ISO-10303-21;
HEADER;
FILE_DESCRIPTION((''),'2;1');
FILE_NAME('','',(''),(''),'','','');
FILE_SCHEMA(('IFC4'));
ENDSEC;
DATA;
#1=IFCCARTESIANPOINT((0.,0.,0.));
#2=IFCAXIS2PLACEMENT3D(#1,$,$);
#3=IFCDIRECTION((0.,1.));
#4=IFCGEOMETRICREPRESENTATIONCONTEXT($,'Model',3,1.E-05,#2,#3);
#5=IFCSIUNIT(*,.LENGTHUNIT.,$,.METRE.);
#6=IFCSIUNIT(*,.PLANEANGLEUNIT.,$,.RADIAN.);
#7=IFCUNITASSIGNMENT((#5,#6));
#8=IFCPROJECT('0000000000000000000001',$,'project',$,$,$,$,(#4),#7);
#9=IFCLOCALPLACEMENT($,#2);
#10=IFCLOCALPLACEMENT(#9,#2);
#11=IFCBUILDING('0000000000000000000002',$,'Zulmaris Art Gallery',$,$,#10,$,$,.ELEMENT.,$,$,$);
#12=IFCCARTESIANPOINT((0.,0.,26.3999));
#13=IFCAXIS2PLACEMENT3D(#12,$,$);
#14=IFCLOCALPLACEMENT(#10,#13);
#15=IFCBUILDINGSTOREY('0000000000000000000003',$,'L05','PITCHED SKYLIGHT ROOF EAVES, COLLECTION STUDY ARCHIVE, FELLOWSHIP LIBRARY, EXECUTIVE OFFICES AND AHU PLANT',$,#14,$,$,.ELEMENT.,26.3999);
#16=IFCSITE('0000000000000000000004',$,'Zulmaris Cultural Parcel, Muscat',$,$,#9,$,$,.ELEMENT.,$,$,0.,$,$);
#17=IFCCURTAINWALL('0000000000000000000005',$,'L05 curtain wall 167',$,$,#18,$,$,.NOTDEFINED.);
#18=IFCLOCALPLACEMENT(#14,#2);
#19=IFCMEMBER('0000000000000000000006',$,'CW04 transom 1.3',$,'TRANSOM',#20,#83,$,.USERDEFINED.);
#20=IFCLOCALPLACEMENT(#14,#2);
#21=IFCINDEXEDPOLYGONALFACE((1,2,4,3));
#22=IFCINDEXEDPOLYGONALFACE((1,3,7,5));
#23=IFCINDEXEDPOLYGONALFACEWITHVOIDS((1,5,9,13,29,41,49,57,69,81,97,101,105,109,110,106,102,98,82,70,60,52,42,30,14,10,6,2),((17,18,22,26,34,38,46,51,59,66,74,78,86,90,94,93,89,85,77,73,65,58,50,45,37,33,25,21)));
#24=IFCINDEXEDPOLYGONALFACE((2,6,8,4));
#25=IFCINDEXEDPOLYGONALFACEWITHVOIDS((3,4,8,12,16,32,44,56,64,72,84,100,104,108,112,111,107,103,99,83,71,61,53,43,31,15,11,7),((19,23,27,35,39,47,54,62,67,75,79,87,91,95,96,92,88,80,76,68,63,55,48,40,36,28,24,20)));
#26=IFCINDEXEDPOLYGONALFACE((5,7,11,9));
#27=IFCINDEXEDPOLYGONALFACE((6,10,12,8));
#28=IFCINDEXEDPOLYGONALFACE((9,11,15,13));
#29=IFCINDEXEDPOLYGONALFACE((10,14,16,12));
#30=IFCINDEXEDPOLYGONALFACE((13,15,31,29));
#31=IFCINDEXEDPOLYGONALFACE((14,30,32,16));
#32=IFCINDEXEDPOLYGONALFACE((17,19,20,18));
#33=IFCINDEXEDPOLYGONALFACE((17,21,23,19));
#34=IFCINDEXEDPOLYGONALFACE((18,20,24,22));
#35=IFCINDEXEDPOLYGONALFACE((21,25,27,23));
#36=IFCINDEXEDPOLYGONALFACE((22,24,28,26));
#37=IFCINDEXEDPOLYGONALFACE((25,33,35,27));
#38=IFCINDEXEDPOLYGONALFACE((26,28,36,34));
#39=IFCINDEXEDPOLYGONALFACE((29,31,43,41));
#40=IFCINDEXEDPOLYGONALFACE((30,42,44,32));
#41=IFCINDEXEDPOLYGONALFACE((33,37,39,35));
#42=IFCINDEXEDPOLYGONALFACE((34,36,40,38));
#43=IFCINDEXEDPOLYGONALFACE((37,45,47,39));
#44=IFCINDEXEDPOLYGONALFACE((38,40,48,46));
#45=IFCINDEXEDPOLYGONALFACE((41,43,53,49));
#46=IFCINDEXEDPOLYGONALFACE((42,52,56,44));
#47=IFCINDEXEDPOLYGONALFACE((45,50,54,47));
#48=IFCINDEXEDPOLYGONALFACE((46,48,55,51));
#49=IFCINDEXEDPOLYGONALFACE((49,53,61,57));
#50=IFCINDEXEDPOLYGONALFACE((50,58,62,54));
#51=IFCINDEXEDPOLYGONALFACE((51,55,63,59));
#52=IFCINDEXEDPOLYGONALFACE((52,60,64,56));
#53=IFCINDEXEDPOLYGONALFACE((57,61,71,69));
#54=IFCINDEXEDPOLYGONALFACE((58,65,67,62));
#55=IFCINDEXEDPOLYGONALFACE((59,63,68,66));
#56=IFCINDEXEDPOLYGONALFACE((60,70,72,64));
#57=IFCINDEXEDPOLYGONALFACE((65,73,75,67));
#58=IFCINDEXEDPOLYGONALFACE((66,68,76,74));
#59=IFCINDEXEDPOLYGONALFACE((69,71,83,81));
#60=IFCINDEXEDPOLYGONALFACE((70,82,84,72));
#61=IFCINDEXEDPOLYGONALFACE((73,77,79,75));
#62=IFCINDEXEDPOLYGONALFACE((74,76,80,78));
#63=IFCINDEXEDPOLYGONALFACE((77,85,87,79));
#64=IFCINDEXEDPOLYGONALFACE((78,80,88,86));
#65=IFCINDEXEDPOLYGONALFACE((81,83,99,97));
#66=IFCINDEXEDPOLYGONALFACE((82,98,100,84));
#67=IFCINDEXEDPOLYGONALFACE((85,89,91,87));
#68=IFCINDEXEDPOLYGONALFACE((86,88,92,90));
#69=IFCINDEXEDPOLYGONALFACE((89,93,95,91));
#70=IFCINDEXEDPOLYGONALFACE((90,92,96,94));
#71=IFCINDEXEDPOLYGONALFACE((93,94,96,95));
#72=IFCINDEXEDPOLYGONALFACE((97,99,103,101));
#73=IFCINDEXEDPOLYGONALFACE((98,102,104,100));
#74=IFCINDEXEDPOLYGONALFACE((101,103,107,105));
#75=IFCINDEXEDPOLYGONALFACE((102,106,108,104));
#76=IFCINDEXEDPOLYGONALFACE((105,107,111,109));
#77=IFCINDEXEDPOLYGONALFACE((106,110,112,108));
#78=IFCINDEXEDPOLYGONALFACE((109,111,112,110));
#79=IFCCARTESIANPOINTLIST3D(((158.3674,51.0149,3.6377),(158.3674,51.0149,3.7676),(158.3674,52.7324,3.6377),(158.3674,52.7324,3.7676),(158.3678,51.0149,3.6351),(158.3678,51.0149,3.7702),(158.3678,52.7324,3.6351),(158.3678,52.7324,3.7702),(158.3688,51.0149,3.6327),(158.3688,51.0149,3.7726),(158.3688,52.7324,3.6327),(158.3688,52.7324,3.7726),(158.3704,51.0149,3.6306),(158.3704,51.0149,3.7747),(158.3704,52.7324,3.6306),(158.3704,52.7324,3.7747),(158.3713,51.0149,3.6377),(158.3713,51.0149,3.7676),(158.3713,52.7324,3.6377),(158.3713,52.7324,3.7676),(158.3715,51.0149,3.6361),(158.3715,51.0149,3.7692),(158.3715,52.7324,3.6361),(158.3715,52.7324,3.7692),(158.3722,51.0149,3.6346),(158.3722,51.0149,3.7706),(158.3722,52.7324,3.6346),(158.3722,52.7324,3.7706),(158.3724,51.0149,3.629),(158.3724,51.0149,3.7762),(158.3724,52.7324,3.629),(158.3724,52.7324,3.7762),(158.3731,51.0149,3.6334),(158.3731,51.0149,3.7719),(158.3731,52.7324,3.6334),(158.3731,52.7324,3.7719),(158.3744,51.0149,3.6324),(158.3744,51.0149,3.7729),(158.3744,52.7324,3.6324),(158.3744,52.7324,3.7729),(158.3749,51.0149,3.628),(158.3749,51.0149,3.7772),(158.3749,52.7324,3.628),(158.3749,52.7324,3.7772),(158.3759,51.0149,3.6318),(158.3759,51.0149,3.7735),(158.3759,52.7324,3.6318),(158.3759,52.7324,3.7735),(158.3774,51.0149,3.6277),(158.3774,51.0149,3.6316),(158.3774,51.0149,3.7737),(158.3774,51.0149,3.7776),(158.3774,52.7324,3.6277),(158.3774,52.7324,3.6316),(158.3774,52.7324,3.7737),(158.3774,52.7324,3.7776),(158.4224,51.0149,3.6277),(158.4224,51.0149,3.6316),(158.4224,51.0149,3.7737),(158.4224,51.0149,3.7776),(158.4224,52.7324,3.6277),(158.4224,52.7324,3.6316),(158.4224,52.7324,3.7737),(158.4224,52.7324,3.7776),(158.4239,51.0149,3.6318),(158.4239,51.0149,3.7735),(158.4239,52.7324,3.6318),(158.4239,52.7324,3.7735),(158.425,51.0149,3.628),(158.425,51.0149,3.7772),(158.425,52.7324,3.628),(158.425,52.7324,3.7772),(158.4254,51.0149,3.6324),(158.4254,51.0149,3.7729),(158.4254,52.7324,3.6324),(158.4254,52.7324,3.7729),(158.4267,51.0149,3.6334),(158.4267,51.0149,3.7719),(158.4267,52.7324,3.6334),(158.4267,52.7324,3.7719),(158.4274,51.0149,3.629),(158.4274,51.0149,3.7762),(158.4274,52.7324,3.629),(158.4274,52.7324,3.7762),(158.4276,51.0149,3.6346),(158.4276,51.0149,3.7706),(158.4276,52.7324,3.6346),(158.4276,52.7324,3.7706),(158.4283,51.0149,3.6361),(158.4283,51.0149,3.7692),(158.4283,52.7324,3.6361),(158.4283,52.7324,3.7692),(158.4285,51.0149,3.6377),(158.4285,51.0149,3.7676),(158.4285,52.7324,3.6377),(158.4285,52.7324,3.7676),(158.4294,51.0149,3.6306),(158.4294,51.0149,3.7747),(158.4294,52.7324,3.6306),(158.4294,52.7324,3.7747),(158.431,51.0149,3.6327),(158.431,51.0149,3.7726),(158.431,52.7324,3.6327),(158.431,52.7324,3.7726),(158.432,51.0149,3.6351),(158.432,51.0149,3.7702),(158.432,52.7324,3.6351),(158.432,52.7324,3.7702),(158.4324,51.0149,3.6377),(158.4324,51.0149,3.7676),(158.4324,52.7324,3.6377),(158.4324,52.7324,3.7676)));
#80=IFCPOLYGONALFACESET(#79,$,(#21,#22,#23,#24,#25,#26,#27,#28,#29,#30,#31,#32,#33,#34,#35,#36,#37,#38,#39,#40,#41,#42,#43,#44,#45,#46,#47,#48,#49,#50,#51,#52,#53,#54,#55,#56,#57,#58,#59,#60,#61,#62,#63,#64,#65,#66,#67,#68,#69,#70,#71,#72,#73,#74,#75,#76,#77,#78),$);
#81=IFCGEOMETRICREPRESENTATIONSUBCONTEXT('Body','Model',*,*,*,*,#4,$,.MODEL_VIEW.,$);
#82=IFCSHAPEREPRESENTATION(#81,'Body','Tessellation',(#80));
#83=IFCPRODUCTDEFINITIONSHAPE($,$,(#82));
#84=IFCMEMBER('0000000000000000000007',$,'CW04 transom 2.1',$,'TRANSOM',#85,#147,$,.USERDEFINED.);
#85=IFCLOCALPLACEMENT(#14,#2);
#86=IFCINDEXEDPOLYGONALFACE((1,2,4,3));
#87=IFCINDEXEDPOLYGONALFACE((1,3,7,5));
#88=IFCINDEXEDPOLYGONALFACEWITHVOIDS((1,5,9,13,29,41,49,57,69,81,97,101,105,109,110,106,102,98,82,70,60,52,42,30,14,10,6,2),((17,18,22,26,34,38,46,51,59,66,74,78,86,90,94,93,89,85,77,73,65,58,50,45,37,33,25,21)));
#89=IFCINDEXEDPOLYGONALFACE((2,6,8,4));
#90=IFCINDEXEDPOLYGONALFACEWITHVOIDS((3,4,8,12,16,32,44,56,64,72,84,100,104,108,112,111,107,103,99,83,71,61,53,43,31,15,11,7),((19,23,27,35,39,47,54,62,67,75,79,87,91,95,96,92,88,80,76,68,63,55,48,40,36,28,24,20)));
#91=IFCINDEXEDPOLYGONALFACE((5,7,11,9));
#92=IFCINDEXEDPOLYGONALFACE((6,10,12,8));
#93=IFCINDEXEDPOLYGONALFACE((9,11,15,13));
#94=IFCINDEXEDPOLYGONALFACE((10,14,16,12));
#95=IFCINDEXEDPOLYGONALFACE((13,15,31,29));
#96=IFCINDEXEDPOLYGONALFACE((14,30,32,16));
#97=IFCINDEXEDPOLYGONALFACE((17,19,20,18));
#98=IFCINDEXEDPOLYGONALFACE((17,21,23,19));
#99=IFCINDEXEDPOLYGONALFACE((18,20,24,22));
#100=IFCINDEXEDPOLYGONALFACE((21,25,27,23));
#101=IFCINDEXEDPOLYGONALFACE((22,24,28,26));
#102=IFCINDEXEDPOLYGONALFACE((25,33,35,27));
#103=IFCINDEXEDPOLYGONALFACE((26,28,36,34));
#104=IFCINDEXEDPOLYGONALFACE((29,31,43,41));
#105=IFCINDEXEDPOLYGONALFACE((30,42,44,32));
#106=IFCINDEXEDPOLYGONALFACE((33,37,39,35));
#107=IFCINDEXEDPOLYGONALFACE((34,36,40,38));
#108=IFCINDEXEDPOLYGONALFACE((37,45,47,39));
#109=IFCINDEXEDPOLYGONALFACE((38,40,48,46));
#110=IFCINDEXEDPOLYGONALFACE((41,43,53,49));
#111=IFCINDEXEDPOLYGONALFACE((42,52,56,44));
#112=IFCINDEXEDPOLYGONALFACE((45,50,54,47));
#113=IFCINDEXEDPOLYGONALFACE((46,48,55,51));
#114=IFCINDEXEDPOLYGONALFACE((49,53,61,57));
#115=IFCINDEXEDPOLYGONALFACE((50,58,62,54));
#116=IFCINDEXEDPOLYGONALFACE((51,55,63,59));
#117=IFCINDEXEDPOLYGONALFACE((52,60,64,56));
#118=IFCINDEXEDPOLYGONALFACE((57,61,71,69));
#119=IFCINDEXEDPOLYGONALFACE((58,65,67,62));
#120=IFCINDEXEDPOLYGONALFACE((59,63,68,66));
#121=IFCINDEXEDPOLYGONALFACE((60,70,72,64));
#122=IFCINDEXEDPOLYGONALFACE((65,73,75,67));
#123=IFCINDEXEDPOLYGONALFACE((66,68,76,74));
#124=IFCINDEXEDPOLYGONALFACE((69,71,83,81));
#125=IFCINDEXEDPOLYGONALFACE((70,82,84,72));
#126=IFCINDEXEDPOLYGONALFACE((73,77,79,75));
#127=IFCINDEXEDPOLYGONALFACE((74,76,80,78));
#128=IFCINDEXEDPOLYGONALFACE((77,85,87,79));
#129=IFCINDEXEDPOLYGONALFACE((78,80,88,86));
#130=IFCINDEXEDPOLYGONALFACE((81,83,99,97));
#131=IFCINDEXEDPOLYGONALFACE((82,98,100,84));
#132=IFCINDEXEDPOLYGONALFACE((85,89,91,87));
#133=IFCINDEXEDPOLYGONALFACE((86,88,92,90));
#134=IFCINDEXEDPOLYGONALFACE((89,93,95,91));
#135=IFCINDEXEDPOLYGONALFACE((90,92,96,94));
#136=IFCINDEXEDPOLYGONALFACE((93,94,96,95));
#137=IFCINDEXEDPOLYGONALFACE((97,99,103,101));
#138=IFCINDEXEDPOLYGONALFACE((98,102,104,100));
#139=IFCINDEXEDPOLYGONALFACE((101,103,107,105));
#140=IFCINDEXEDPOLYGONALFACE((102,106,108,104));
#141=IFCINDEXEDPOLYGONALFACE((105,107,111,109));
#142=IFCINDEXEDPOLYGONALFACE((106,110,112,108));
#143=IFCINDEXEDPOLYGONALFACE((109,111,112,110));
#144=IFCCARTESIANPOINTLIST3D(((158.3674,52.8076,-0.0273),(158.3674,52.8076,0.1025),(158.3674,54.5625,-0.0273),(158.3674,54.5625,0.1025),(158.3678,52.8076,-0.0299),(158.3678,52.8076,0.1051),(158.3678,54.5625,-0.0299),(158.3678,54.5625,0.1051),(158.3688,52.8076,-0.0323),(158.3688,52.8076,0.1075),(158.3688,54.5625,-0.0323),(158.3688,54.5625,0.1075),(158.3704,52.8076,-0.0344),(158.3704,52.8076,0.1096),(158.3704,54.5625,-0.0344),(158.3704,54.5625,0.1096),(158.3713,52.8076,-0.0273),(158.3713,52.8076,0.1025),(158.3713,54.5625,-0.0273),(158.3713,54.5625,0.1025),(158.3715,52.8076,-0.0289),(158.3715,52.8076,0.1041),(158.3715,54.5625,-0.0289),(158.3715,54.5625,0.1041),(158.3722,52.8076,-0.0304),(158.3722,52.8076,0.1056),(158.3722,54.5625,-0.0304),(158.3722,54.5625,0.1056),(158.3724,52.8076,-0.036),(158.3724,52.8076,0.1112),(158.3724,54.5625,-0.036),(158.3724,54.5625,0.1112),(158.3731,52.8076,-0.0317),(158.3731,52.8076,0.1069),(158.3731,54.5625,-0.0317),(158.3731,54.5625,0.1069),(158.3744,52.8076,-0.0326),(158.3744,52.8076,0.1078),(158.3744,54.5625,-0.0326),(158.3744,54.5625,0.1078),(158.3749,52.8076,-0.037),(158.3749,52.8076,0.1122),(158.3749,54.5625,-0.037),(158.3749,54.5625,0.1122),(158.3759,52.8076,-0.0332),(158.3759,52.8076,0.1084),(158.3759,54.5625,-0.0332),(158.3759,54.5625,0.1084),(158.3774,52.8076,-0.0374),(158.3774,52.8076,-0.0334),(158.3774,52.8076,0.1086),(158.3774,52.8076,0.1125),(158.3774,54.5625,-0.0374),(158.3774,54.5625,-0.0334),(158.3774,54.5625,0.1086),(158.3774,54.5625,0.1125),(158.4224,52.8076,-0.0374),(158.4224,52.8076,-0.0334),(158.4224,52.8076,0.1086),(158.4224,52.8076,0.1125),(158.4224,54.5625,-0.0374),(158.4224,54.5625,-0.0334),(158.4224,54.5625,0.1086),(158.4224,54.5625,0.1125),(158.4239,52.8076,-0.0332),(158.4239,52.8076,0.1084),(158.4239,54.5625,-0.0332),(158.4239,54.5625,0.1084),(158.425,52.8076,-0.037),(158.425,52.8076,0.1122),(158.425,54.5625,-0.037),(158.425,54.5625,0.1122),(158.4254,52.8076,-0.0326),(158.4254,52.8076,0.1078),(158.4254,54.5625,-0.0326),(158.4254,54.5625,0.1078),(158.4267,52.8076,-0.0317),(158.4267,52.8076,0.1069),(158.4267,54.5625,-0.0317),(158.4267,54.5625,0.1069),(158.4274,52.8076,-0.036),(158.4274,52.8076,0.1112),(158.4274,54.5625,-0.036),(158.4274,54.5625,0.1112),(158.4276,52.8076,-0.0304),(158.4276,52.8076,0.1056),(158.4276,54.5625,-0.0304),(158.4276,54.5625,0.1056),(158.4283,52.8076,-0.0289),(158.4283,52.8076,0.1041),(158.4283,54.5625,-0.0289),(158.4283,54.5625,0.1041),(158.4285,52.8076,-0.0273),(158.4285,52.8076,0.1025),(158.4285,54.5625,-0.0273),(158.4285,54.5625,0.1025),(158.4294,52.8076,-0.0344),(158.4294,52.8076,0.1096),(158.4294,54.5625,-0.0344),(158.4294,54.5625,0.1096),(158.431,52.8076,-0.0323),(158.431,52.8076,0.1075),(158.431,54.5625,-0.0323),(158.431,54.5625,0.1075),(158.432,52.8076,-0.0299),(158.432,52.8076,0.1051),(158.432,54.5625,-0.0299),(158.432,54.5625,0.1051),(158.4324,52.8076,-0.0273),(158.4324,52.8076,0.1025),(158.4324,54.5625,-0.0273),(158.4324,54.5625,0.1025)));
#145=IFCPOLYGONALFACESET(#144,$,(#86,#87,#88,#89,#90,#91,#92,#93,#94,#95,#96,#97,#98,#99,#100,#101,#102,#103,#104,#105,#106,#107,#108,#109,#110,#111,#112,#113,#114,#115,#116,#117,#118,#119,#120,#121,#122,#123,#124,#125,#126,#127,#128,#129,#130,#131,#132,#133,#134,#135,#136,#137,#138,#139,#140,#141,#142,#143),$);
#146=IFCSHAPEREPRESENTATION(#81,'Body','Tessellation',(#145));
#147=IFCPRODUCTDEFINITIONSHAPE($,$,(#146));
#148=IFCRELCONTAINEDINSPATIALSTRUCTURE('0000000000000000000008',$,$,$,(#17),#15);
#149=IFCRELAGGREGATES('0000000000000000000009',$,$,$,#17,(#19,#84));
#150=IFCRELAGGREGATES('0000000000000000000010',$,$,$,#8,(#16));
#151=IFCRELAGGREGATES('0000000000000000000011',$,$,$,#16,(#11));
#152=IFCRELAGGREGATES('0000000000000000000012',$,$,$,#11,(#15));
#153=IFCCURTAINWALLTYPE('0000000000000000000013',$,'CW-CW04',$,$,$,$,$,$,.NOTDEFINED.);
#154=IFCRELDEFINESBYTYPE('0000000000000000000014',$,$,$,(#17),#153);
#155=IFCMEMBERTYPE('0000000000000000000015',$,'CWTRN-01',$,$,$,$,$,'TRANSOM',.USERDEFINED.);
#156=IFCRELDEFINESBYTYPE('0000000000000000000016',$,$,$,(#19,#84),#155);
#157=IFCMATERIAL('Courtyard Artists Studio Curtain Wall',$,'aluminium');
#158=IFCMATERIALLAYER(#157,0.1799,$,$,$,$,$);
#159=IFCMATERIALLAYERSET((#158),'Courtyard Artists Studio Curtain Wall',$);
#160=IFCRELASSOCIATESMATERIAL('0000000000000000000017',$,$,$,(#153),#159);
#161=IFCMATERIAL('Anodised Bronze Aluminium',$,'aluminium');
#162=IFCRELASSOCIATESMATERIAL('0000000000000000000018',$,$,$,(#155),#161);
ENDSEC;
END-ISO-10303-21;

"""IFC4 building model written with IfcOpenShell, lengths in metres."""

from ifc_helpers import new_model, si_unit, direction, frame, origin, origin_2d, place, context, subcontext, project, spatial, hollow_rectangle, extrude, material, layer, layer_set, material_profile, profile_set, type_object, element, aggregate, save


model = new_model("IFC4")

# Units and contexts
model_context = context("Model", 3, precision=1e-05, world=origin(), true_north=direction((0.0, 1.0)))
body_context = subcontext(model_context, "Body", "Model", "MODEL_VIEW")
ifc_project = project(units=[si_unit("LENGTHUNIT", "METRE"), si_unit("PLANEANGLEUNIT", "RADIAN")], contexts=[model_context])

# Site, building, storey
site_placement = place(None, origin())
site = spatial("IfcSite", under=ifc_project, at=site_placement, Name="Zulmaris Cultural Parcel, Muscat", CompositionType="ELEMENT", RefElevation=0.0)
building_placement = place(site_placement, origin())
building = spatial("IfcBuilding", under=site, at=building_placement, Name="Zulmaris Art Gallery", CompositionType="ELEMENT")
storey_placement = place(building_placement, frame((0.0, 0.0, 26.3999)))
storey = spatial("IfcBuildingStorey", under=building, at=storey_placement, Name="L05", Description="PITCHED SKYLIGHT ROOF EAVES, COLLECTION STUDY ARCHIVE, FELLOWSHIP LIBRARY, EXECUTIVE OFFICES AND AHU PLANT", CompositionType="ELEMENT", Elevation=26.3999)

# Curtain wall
ifc_material_1 = material(Name="Courtyard Artists Studio Curtain Wall", Category="aluminium")
ifc_layer_1 = layer(ifc_material_1, 0.1799)
ifc_layer_set_1 = layer_set([ifc_layer_1], Name="Courtyard Artists Studio Curtain Wall")
curtain_wall_type = type_object("IfcCurtainWallType", Name="CW-CW04", PredefinedType="NOTDEFINED", material=ifc_layer_set_1)
curtain_wall_1_placement = place(storey_placement, origin())
curtain_wall_1 = element("IfcCurtainWall", 1, at=curtain_wall_1_placement, inside=storey, type_object=curtain_wall_type, Name="L05 curtain wall 167", PredefinedType="NOTDEFINED")
ifc_material_2 = material(Name="Anodised Bronze Aluminium", Category="aluminium")

# Members
ifc_material_profile_1 = material_profile(ifc_material_2, hollow_rectangle(XDim=0.0649, YDim=0.1499, WallThickness=0.0039, InnerFilletRadius=0.0061, OuterFilletRadius=0.01, at=origin_2d()), Name="ALU 65x150x4")
ifc_profile_set_1 = profile_set([ifc_material_profile_1], Name="Anodised Bronze Aluminium")
member_type_1 = type_object("IfcMemberType", Name="CWTRN-01", ElementType="TRANSOM", PredefinedType="USERDEFINED", material=ifc_profile_set_1)
member_1_placement = place(storey_placement, frame((158.3999, 51.0149, 3.7026), z_axis=(0.0, 1.0, 0.0), x_axis=(-1.0, 0.0, 0.0)))
member_1 = element("IfcMember", 2, at=member_1_placement, type_object=member_type_1, Name="CW04 transom 1.3", ObjectType="TRANSOM", PredefinedType="USERDEFINED", context=body_context, shape_type="SweptSolid", body=[
    extrude(hollow_rectangle(XDim=0.0649, YDim=0.1499, WallThickness=0.0039, InnerFilletRadius=0.0061, OuterFilletRadius=0.01, at=origin_2d()), origin(), (0.0, 0.0, 1.0), 1.7175),
])
member_2_placement = place(storey_placement, frame((158.3999, 52.8076, 0.0376), z_axis=(0.0, 1.0, 0.0), x_axis=(-1.0, 0.0, 0.0)))
member_2 = element("IfcMember", 3, at=member_2_placement, type_object=member_type_1, Name="CW04 transom 2.1", ObjectType="TRANSOM", PredefinedType="USERDEFINED", context=body_context, shape_type="SweptSolid", body=[
    extrude(hollow_rectangle(XDim=0.0649, YDim=0.1499, WallThickness=0.0039, InnerFilletRadius=0.0061, OuterFilletRadius=0.01, at=origin_2d()), origin(), (0.0, 0.0, 1.0), 1.7549),
])

aggregate(curtain_wall_1, [member_1, member_2])

save(model, "model.ifc")
